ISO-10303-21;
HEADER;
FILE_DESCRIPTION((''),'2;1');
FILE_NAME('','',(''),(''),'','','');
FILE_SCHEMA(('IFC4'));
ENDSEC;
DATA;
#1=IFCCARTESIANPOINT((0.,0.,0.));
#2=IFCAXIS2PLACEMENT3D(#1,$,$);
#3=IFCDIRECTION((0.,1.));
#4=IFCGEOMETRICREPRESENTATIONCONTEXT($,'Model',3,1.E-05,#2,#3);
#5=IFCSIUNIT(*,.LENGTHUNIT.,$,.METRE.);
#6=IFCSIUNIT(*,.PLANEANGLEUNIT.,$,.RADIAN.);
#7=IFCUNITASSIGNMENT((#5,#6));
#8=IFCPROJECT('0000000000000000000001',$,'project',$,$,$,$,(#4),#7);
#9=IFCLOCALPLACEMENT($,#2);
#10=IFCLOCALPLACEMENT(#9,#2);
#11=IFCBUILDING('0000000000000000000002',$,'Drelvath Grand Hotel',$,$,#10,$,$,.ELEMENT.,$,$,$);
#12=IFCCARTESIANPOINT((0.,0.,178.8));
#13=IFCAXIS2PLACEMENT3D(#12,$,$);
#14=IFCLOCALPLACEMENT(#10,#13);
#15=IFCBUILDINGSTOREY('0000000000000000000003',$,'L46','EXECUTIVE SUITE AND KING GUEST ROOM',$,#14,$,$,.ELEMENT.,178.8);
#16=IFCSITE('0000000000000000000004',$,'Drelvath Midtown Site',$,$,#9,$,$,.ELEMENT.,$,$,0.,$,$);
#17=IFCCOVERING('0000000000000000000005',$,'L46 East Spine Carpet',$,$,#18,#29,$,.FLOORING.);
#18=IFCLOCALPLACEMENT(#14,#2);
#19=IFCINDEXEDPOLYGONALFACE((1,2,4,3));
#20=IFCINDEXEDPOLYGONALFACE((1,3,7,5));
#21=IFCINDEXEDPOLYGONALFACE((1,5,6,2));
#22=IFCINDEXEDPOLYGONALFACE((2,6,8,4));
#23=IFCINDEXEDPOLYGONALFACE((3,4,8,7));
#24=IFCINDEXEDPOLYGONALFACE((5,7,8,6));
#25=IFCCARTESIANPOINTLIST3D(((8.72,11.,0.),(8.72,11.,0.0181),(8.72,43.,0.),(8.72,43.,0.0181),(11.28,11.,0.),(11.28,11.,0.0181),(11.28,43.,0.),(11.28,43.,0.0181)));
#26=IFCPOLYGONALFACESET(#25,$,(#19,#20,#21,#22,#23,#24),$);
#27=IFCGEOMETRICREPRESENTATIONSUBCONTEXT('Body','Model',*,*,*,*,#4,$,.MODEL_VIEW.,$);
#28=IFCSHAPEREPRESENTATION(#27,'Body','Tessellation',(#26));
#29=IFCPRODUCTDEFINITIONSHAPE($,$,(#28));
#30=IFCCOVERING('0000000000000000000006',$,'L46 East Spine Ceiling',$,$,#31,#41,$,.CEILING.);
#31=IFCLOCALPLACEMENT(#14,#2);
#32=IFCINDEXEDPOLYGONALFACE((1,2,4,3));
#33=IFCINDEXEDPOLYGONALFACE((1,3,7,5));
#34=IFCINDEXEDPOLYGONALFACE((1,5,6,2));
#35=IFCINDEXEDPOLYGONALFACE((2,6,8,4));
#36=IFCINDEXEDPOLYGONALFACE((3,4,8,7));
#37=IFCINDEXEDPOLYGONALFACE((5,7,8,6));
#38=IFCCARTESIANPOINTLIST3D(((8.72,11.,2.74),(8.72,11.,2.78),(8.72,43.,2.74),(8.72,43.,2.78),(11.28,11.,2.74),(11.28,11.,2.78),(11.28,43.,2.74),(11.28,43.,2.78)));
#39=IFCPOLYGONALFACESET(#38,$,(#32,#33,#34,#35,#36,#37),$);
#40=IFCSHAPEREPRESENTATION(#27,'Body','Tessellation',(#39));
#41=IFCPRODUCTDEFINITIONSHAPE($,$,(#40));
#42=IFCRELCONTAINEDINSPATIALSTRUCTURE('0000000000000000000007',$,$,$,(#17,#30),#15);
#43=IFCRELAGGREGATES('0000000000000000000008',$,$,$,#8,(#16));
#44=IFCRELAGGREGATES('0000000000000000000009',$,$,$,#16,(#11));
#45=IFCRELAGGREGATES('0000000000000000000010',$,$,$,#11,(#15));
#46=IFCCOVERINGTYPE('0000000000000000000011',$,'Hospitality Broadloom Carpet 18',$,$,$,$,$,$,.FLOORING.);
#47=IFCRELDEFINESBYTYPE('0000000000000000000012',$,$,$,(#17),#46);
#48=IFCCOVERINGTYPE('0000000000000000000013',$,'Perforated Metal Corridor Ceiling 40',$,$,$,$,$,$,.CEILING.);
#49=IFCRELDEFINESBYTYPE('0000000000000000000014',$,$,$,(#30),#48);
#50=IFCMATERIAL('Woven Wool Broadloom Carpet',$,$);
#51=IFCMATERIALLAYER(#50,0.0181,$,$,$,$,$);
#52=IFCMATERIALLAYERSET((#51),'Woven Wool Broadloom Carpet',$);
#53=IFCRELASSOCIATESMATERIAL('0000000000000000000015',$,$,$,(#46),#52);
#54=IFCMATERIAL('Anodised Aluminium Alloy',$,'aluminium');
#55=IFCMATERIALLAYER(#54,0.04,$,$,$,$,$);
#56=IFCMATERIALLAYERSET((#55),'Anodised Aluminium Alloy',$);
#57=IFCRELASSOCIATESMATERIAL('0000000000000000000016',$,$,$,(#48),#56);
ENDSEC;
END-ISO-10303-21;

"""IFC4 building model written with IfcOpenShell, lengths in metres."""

from ifc_helpers import new_model, si_unit, direction, frame, origin, place, context, subcontext, project, spatial, polyline, outline, extrude, material, layer, layer_set, type_object, element, save


model = new_model("IFC4")

# Units and contexts
model_context = context("Model", 3, precision=1e-05, world=origin(), true_north=direction((0.0, 1.0)))
body_context = subcontext(model_context, "Body", "Model", "MODEL_VIEW")
ifc_project = project(units=[si_unit("LENGTHUNIT", "METRE"), si_unit("PLANEANGLEUNIT", "RADIAN")], contexts=[model_context])

# Site, building, storey
site_placement = place(None, origin())
site = spatial("IfcSite", under=ifc_project, at=site_placement, Name="Drelvath Midtown Site", CompositionType="ELEMENT", RefElevation=0.0)
building_placement = place(site_placement, origin())
building = spatial("IfcBuilding", under=site, at=building_placement, Name="Drelvath Grand Hotel", CompositionType="ELEMENT")
storey_placement = place(building_placement, frame((0.0, 0.0, 178.8)))
storey = spatial("IfcBuildingStorey", under=building, at=storey_placement, Name="L46", Description="EXECUTIVE SUITE AND KING GUEST ROOM", CompositionType="ELEMENT", Elevation=178.8)

# Coverings
ifc_material_1 = material(Name="Woven Wool Broadloom Carpet")
ifc_layer_1 = layer(ifc_material_1, 0.0181)
ifc_layer_set_1 = layer_set([ifc_layer_1], Name="Woven Wool Broadloom Carpet")
covering_type_1 = type_object("IfcCoveringType", Name="Hospitality Broadloom Carpet 18", PredefinedType="FLOORING", material=ifc_layer_set_1)
covering_1_placement = place(storey_placement, origin())
element("IfcCovering", 1, at=covering_1_placement, inside=storey, type_object=covering_type_1, Name="L46 East Spine Carpet", PredefinedType="FLOORING", context=body_context, shape_type="SweptSolid", body=[
    extrude(outline(polyline([(11.28, 11.0), (11.28, 43.0), (8.72, 43.0), (8.72, 11.0), (11.28, 11.0)])), origin(), (0.0, 0.0, 1.0), 0.0181),
])
ifc_material_2 = material(Name="Anodised Aluminium Alloy", Category="aluminium")
ifc_layer_2 = layer(ifc_material_2, 0.04)
ifc_layer_set_2 = layer_set([ifc_layer_2], Name="Anodised Aluminium Alloy")
covering_type_2 = type_object("IfcCoveringType", Name="Perforated Metal Corridor Ceiling 40", PredefinedType="CEILING", material=ifc_layer_set_2)
covering_2_placement = place(storey_placement, frame((0.0, 0.0, 2.74)))
element("IfcCovering", 2, at=covering_2_placement, inside=storey, type_object=covering_type_2, Name="L46 East Spine Ceiling", PredefinedType="CEILING", context=body_context, shape_type="SweptSolid", body=[
    extrude(outline(polyline([(11.28, 11.0), (11.28, 43.0), (8.72, 43.0), (8.72, 11.0), (11.28, 11.0)])), origin(), (0.0, 0.0, 1.0), 0.04),
])

save(model, "model.ifc")
